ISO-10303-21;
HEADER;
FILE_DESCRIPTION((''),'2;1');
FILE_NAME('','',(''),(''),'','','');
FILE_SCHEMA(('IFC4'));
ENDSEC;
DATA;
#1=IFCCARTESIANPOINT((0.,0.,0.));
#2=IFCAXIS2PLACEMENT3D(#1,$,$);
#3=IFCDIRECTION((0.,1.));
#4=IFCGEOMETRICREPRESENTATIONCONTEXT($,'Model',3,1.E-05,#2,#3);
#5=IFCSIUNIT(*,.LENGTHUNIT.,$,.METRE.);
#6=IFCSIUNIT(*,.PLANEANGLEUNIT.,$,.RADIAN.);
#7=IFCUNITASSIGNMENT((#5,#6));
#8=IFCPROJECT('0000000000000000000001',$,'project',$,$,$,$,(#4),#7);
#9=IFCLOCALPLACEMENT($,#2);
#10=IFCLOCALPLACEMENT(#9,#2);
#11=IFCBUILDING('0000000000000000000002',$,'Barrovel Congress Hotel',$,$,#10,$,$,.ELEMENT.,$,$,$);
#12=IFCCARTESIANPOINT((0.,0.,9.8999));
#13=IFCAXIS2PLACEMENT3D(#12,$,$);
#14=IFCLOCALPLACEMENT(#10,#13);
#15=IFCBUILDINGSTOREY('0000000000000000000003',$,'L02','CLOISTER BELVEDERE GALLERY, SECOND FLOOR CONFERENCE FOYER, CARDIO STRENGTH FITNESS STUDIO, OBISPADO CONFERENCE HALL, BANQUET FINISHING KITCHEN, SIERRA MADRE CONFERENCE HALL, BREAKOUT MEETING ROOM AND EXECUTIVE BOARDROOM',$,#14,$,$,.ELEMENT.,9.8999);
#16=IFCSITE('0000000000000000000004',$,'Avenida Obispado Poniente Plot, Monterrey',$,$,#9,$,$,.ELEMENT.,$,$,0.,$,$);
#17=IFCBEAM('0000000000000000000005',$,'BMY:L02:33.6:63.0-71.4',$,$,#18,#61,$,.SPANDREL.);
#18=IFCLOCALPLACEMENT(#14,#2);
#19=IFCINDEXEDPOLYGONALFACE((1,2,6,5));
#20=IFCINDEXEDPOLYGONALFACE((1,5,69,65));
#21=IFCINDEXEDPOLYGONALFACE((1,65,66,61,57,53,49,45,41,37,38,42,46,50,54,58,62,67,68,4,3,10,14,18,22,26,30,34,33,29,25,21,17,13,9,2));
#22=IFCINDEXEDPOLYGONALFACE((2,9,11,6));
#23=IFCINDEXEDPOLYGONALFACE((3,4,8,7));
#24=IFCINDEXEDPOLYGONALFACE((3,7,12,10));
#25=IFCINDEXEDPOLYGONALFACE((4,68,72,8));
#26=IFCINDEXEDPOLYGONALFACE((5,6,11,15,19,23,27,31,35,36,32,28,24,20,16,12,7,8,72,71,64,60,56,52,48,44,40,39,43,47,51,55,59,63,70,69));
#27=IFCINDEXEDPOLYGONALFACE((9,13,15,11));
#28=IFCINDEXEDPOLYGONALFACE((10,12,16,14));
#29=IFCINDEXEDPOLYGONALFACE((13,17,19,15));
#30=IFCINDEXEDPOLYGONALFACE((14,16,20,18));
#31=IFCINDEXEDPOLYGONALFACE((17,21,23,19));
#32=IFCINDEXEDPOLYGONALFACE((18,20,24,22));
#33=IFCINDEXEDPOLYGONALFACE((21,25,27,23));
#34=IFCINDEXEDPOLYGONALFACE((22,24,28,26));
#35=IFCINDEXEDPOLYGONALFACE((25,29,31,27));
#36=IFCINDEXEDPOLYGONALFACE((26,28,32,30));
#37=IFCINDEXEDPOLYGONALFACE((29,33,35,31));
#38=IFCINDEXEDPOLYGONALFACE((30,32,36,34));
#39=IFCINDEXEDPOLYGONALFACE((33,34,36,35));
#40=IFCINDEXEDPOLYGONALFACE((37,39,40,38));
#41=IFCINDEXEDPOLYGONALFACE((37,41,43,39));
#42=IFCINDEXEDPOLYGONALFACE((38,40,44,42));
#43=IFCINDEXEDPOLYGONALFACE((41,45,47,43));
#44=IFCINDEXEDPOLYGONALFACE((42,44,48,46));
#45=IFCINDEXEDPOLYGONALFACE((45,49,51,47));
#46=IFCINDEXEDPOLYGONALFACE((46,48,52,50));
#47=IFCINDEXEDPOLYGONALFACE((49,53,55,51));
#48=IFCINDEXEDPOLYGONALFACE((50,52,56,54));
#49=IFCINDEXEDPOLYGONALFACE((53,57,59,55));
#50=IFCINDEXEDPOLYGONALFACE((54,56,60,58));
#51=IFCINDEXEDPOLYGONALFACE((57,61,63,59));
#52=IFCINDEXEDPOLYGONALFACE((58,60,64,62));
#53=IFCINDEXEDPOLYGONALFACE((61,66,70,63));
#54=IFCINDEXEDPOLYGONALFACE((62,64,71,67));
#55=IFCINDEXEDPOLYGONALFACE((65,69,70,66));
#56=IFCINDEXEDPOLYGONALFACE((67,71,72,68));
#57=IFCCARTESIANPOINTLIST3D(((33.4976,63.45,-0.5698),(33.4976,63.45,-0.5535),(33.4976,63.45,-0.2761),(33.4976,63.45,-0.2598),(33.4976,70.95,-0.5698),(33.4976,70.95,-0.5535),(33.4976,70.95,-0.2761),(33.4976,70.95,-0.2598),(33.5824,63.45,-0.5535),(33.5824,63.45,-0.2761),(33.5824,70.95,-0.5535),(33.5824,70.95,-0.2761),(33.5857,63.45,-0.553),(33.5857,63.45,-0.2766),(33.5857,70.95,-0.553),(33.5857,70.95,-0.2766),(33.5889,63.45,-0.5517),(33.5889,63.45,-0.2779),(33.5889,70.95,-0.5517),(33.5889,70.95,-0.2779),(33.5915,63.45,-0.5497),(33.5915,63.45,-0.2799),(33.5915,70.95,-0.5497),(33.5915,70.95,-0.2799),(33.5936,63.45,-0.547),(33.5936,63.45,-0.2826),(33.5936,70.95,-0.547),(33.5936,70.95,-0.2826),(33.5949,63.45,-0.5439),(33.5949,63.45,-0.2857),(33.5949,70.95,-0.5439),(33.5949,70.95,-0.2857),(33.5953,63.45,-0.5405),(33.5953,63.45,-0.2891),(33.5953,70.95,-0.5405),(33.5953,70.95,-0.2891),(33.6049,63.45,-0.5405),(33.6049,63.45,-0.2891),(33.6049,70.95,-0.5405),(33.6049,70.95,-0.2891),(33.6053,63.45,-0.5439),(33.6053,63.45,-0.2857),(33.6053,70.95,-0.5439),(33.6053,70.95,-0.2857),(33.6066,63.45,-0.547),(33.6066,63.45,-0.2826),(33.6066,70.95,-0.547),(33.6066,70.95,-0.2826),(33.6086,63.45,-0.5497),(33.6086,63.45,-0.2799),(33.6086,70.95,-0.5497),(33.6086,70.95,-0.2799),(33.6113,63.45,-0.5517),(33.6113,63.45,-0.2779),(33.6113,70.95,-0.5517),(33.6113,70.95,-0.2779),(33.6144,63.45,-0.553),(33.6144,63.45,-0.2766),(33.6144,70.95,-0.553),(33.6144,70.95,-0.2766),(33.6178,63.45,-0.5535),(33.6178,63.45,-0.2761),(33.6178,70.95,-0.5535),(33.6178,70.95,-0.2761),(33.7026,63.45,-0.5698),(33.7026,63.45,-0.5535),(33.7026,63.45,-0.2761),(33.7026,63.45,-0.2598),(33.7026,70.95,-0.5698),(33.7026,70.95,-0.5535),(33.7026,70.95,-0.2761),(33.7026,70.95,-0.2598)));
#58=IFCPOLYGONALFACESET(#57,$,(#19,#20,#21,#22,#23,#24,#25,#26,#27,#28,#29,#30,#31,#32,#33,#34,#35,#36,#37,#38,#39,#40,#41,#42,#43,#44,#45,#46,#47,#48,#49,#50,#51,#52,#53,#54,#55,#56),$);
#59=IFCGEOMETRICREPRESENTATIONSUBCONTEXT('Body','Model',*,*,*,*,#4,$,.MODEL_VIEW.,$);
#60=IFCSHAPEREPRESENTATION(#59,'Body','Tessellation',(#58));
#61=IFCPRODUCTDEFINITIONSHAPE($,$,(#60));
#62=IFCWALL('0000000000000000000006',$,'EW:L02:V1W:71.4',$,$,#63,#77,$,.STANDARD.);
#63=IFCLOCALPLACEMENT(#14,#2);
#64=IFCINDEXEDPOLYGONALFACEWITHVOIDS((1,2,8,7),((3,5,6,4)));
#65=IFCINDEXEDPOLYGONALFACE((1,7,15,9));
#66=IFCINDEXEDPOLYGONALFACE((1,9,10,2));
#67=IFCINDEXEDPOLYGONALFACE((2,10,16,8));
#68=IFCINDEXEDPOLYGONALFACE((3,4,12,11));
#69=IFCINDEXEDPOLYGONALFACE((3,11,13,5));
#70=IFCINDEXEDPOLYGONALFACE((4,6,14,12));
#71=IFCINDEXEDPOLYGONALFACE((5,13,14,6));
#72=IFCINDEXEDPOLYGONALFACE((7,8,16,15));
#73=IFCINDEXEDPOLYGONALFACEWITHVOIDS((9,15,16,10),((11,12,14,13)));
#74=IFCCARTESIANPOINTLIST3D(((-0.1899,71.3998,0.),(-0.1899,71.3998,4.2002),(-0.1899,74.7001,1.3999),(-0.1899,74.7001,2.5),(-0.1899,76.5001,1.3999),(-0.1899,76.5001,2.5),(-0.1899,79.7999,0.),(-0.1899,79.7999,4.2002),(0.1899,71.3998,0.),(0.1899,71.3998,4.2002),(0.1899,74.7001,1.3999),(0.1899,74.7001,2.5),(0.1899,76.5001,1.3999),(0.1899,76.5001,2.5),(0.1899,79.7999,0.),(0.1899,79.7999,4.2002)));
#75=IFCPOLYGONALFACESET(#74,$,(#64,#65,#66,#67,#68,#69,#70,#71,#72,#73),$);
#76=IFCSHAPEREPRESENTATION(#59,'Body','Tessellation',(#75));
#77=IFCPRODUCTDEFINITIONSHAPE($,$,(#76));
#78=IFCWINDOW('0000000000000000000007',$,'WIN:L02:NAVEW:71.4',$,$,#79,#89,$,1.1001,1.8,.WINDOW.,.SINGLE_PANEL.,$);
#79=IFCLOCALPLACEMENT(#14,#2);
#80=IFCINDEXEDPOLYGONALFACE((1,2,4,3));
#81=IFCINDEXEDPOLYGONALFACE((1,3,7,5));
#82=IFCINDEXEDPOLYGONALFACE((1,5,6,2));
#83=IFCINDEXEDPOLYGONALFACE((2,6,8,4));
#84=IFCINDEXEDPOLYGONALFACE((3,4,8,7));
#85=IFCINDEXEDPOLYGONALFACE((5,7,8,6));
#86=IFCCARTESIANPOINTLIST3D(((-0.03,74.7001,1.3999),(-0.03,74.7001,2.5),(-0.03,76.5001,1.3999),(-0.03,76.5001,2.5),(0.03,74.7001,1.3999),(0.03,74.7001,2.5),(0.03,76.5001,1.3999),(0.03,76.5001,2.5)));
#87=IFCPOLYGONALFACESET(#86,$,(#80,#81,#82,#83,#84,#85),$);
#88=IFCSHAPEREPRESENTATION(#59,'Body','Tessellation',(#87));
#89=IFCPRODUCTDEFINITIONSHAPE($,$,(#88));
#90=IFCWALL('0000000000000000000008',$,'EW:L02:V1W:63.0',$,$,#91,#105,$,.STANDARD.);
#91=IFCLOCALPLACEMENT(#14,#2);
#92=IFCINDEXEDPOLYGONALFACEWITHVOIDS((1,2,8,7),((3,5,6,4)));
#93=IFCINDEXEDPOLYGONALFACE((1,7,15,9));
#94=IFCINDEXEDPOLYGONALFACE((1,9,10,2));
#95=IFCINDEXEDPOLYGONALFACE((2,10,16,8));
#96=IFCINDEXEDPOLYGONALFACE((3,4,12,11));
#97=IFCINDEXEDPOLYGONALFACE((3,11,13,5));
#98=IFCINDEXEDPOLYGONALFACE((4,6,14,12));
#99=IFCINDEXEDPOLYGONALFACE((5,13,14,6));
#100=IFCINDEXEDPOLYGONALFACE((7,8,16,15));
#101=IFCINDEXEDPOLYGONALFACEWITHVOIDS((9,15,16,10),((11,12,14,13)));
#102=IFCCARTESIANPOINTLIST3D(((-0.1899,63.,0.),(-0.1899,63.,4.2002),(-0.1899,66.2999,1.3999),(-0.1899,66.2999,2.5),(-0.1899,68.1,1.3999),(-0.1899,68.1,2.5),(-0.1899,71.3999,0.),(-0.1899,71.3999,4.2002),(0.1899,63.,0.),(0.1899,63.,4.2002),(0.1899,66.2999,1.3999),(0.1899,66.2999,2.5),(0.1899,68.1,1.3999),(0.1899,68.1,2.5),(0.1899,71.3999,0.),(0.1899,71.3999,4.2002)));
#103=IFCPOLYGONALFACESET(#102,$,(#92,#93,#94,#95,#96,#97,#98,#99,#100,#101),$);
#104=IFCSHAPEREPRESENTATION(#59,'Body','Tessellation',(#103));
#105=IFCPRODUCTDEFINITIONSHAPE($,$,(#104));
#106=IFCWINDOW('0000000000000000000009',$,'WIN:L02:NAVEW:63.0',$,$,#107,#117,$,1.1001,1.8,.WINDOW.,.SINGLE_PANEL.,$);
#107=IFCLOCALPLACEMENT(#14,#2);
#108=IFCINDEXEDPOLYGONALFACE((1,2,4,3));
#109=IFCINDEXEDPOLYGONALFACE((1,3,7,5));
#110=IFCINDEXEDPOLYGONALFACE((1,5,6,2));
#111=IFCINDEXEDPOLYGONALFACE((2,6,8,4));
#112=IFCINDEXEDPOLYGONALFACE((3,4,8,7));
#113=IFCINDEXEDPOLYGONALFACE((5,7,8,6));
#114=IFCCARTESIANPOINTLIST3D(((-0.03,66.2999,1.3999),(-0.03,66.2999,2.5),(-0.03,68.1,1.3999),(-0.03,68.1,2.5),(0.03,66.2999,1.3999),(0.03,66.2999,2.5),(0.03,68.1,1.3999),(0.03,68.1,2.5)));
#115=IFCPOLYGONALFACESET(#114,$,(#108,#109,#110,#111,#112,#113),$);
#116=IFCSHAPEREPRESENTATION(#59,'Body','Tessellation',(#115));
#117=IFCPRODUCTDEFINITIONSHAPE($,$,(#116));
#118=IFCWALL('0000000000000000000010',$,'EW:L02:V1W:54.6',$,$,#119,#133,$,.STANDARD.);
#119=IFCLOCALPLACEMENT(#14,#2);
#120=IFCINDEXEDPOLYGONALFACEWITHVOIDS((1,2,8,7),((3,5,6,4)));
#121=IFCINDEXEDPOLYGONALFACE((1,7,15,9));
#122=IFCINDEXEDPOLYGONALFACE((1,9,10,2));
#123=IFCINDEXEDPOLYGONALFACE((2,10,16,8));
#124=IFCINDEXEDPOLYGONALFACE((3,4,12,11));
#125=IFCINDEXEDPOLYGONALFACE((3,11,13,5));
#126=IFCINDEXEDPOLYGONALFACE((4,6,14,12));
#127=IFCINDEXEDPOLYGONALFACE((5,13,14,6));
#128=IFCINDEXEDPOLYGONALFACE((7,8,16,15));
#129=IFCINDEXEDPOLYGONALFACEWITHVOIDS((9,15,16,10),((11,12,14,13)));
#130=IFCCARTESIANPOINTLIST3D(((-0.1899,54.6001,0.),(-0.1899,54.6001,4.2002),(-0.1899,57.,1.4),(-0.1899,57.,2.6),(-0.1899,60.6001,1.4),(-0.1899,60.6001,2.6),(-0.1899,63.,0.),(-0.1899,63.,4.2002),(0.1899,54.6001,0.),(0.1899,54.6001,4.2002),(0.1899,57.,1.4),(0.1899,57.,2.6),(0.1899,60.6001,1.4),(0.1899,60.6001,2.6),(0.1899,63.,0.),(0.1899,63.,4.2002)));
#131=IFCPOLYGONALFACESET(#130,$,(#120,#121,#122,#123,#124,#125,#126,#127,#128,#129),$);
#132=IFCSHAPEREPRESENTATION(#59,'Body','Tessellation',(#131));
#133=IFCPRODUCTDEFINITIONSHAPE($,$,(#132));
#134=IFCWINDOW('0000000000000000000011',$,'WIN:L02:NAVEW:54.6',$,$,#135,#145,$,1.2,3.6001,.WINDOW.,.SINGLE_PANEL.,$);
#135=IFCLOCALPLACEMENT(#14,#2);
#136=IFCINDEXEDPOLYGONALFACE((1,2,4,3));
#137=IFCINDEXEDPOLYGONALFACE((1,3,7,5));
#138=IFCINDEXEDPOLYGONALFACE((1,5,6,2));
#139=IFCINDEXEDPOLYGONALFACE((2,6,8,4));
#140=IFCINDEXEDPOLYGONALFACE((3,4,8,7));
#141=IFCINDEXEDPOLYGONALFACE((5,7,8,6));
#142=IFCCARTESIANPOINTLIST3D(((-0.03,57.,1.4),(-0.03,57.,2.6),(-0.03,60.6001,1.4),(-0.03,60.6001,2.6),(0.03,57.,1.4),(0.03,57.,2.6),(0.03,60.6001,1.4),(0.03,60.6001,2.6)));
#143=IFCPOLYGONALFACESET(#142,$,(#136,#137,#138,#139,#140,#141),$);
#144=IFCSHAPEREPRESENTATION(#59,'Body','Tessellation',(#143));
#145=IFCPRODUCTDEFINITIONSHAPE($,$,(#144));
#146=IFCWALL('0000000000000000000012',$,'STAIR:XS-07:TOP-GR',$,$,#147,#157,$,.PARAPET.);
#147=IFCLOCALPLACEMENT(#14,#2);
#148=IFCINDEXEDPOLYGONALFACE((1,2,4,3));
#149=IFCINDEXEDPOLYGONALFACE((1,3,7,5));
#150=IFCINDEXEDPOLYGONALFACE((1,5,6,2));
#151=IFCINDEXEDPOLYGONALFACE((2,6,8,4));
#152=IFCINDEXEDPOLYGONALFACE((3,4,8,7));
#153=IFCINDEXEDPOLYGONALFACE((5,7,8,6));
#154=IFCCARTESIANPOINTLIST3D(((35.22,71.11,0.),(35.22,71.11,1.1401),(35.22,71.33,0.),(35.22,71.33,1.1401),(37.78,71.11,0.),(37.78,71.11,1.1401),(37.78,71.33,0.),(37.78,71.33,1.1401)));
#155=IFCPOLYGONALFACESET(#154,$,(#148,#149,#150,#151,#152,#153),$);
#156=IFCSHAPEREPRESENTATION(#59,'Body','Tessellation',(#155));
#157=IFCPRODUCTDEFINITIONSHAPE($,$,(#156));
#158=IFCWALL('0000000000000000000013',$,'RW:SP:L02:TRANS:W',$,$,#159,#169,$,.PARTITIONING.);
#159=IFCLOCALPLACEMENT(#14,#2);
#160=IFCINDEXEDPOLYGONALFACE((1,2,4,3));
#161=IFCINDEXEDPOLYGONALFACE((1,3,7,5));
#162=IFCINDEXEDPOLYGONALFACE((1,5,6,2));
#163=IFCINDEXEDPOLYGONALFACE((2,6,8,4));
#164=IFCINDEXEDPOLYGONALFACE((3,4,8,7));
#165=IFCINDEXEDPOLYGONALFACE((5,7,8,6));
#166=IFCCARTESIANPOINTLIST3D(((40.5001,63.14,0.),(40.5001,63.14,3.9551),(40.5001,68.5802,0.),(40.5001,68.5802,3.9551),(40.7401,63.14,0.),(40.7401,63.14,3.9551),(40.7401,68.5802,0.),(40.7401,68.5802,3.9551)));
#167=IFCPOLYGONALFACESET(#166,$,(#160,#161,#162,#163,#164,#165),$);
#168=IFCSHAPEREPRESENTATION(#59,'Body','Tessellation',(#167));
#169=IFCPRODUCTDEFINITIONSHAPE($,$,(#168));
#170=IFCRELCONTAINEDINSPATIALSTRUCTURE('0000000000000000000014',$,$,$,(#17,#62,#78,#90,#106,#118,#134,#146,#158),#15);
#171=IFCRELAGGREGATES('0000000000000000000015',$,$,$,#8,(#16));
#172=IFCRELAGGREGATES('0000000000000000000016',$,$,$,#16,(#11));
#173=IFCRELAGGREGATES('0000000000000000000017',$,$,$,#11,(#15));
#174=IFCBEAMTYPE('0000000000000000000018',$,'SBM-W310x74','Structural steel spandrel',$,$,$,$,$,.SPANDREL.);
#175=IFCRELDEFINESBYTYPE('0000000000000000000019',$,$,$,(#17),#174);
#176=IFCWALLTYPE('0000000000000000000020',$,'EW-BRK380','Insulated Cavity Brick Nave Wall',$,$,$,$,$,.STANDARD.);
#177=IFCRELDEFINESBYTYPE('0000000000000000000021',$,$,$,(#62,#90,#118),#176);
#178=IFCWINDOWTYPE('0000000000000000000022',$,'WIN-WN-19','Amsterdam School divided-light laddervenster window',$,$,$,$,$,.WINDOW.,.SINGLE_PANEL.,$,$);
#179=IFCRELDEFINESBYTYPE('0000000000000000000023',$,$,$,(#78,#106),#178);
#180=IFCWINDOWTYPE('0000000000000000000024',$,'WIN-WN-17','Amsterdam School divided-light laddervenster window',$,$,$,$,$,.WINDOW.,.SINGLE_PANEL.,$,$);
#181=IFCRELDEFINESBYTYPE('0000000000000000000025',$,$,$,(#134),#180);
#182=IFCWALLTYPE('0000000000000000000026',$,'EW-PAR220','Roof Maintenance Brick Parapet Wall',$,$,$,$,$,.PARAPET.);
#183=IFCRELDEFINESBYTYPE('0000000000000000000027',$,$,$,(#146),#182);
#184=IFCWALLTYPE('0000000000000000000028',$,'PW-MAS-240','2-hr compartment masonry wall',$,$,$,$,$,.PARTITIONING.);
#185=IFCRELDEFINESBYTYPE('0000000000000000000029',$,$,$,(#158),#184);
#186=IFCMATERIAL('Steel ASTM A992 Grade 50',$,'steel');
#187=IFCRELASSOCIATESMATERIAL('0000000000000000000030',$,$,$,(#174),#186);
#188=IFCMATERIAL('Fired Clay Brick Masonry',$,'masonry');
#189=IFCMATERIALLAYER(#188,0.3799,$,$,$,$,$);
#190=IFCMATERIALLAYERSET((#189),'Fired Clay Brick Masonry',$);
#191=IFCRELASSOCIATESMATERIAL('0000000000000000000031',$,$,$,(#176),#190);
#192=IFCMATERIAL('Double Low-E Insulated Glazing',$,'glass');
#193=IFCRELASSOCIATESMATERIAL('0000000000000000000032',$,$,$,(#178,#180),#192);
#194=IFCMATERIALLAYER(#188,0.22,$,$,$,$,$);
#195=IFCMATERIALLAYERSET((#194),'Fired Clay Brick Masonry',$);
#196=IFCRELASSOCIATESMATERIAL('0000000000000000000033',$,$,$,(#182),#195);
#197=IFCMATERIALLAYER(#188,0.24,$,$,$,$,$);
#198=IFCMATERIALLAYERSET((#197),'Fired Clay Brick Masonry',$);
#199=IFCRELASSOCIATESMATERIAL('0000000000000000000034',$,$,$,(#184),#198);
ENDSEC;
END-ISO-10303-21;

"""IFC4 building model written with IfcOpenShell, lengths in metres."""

from ifc_helpers import new_model, si_unit, direction, frame, frame_2d, origin, origin_2d, place, context, subcontext, project, spatial, rectangle, i_section, extrude, material, layer, layer_set, material_profile, profile_set, type_object, element, fill, save


model = new_model("IFC4")

# Units and contexts
model_context = context("Model", 3, precision=1e-05, world=origin(), true_north=direction((0.0, 1.0)))
body_context = subcontext(model_context, "Body", "Model", "MODEL_VIEW")
ifc_project = project(units=[si_unit("LENGTHUNIT", "METRE"), si_unit("PLANEANGLEUNIT", "RADIAN")], contexts=[model_context])

# Site, building, storey
site_placement = place(None, origin())
site = spatial("IfcSite", under=ifc_project, at=site_placement, Name="Avenida Obispado Poniente Plot, Monterrey", CompositionType="ELEMENT", RefElevation=0.0)
building_placement = place(site_placement, origin())
building = spatial("IfcBuilding", under=site, at=building_placement, Name="Barrovel Congress Hotel", CompositionType="ELEMENT")
storey_placement = place(building_placement, frame((0.0, 0.0, 9.8999)))
storey = spatial("IfcBuildingStorey", under=building, at=storey_placement, Name="L02", Description="CLOISTER BELVEDERE GALLERY, SECOND FLOOR CONFERENCE FOYER, CARDIO STRENGTH FITNESS STUDIO, OBISPADO CONFERENCE HALL, BANQUET FINISHING KITCHEN, SIERRA MADRE CONFERENCE HALL, BREAKOUT MEETING ROOM AND EXECUTIVE BOARDROOM", CompositionType="ELEMENT", Elevation=9.8999)

# Beam
ifc_material_1 = material(Name="Steel ASTM A992 Grade 50", Category="steel")
ifc_material_profile_1 = material_profile(ifc_material_1, i_section(OverallWidth=0.2051, OverallDepth=0.3101, WebThickness=0.0095, FlangeThickness=0.0164, FilletRadius=0.0129, at=origin_2d()), Name="W310x74")
ifc_profile_set_1 = profile_set([ifc_material_profile_1], Name="Steel ASTM A992 Grade 50")
beam_type_1 = type_object("IfcBeamType", Name="SBM-W310x74", Description="Structural steel spandrel", PredefinedType="SPANDREL", material=ifc_profile_set_1)
beam_1_placement = place(storey_placement, frame((33.6001, 63.45, -0.4148), z_axis=(0.0, 1.0, 0.0), x_axis=(-1.0, 0.0, 0.0)))
element("IfcBeam", 1, at=beam_1_placement, inside=storey, type_object=beam_type_1, Name="BMY:L02:33.6:63.0-71.4", PredefinedType="SPANDREL", context=body_context, shape_type="SweptSolid", body=[
    extrude(i_section(OverallWidth=0.2051, OverallDepth=0.3101, WebThickness=0.0095, FlangeThickness=0.0164, FilletRadius=0.0129, at=origin_2d()), origin(), (0.0, 0.0, 1.0), 7.5),
])

# Walls, openings, windows
ifc_material_2 = material(Name="Fired Clay Brick Masonry", Category="masonry")
ifc_layer_1 = layer(ifc_material_2, 0.3799)
ifc_layer_set_1 = layer_set([ifc_layer_1], Name="Fired Clay Brick Masonry")
wall_type_1 = type_object("IfcWallType", Name="EW-BRK380", Description="Insulated Cavity Brick Nave Wall", PredefinedType="STANDARD", material=ifc_layer_set_1)
wall_1_placement = place(storey_placement, frame((0.0, 79.8, 0.0), z_axis=(0.0, 0.0, 1.0), x_axis=(0.0, -1.0, 0.0)))
wall_1 = element("IfcWall", 2, at=wall_1_placement, inside=storey, type_object=wall_type_1, Name="EW:L02:V1W:71.4", PredefinedType="STANDARD", context=body_context, shape_type="SweptSolid", body=[
    extrude(rectangle(XDim=8.4001, YDim=0.3799, at=frame_2d((4.2002, 0.0))), origin(), (0.0, 0.0, 1.0), 4.2002),
])
opening_1_placement = place(wall_1_placement, frame((3.3, 0.0, 1.3999)))
opening_1 = element("IfcOpeningElement", 3, at=opening_1_placement, cuts=wall_1, PredefinedType="OPENING", context=body_context, shape_type="SweptSolid", body=[
    extrude(rectangle(XDim=1.8, YDim=1.1001, at=frame_2d((0.8999, 0.55))), frame((0.0, 0.2, 0.0), z_axis=(0.0, -1.0, 0.0), x_axis=(1.0, 0.0, 0.0)), (0.0, 0.0, 1.0), 0.3999),
])
ifc_material_3 = material(Name="Double Low-E Insulated Glazing", Category="glass")
window_type_1 = type_object("IfcWindowType", Name="WIN-WN-19", Description="Amsterdam School divided-light laddervenster window", PartitioningType="SINGLE_PANEL", PredefinedType="WINDOW", material=ifc_material_3)
window_1_placement = place(opening_1_placement, origin())
window_1 = element("IfcWindow", 4, at=window_1_placement, inside=storey, type_object=window_type_1, Name="WIN:L02:NAVEW:71.4", OverallHeight=1.1001, OverallWidth=1.8, PartitioningType="SINGLE_PANEL", PredefinedType="WINDOW", context=body_context, shape_type="SweptSolid", body=[
    extrude(rectangle(XDim=1.8, YDim=1.1001, at=frame_2d((0.8999, 0.55))), frame((0.0, 0.03, 0.0), z_axis=(0.0, -1.0, 0.0), x_axis=(1.0, 0.0, 0.0)), (0.0, 0.0, 1.0), 0.0601),
])
fill(opening_1, window_1)
wall_2_placement = place(storey_placement, frame((0.0, 71.3999, 0.0), z_axis=(0.0, 0.0, 1.0), x_axis=(0.0, -1.0, 0.0)))
wall_2 = element("IfcWall", 5, at=wall_2_placement, inside=storey, type_object=wall_type_1, Name="EW:L02:V1W:63.0", PredefinedType="STANDARD", context=body_context, shape_type="SweptSolid", body=[
    extrude(rectangle(XDim=8.3999, YDim=0.3799, at=frame_2d((4.2, 0.0))), origin(), (0.0, 0.0, 1.0), 4.2002),
])
opening_2_placement = place(wall_2_placement, frame((3.3, 0.0, 1.3999)))
opening_2 = element("IfcOpeningElement", 6, at=opening_2_placement, cuts=wall_2, PredefinedType="OPENING", context=body_context, shape_type="SweptSolid", body=[
    extrude(rectangle(XDim=1.8, YDim=1.1001, at=frame_2d((0.8999, 0.55))), frame((0.0, 0.2, 0.0), z_axis=(0.0, -1.0, 0.0), x_axis=(1.0, 0.0, 0.0)), (0.0, 0.0, 1.0), 0.3999),
])
window_2_placement = place(opening_2_placement, origin())
window_2 = element("IfcWindow", 7, at=window_2_placement, inside=storey, type_object=window_type_1, Name="WIN:L02:NAVEW:63.0", OverallHeight=1.1001, OverallWidth=1.8, PartitioningType="SINGLE_PANEL", PredefinedType="WINDOW", context=body_context, shape_type="SweptSolid", body=[
    extrude(rectangle(XDim=1.8, YDim=1.1001, at=frame_2d((0.8999, 0.55))), frame((0.0, 0.03, 0.0), z_axis=(0.0, -1.0, 0.0), x_axis=(1.0, 0.0, 0.0)), (0.0, 0.0, 1.0), 0.0601),
])
fill(opening_2, window_2)
wall_3_placement = place(storey_placement, frame((0.0, 63.0, 0.0), z_axis=(0.0, 0.0, 1.0), x_axis=(0.0, -1.0, 0.0)))
wall_3 = element("IfcWall", 8, at=wall_3_placement, inside=storey, type_object=wall_type_1, Name="EW:L02:V1W:54.6", PredefinedType="STANDARD", context=body_context, shape_type="SweptSolid", body=[
    extrude(rectangle(XDim=8.3999, YDim=0.3799, at=frame_2d((4.2, 0.0))), origin(), (0.0, 0.0, 1.0), 4.2002),
])
opening_3_placement = place(wall_3_placement, frame((2.3999, 0.0, 1.3999)))
opening_3 = element("IfcOpeningElement", 9, at=opening_3_placement, cuts=wall_3, PredefinedType="OPENING", context=body_context, shape_type="SweptSolid", body=[
    extrude(rectangle(XDim=3.6001, YDim=1.2, at=frame_2d((1.8, 0.6001))), frame((0.0, 0.2, 0.0), z_axis=(0.0, -1.0, 0.0), x_axis=(1.0, 0.0, 0.0)), (0.0, 0.0, 1.0), 0.3999),
])
window_type_2 = type_object("IfcWindowType", Name="WIN-WN-17", Description="Amsterdam School divided-light laddervenster window", PartitioningType="SINGLE_PANEL", PredefinedType="WINDOW", material=ifc_material_3)
window_3_placement = place(opening_3_placement, origin())
window_3 = element("IfcWindow", 10, at=window_3_placement, inside=storey, type_object=window_type_2, Name="WIN:L02:NAVEW:54.6", OverallHeight=1.2, OverallWidth=3.6001, PartitioningType="SINGLE_PANEL", PredefinedType="WINDOW", context=body_context, shape_type="SweptSolid", body=[
    extrude(rectangle(XDim=3.6001, YDim=1.2, at=frame_2d((1.8, 0.6001))), frame((0.0, 0.03, 0.0), z_axis=(0.0, -1.0, 0.0), x_axis=(1.0, 0.0, 0.0)), (0.0, 0.0, 1.0), 0.0601),
])
fill(opening_3, window_3)

# Walls
ifc_layer_2 = layer(ifc_material_2, 0.22)
ifc_layer_set_2 = layer_set([ifc_layer_2], Name="Fired Clay Brick Masonry")
wall_type_2 = type_object("IfcWallType", Name="EW-PAR220", Description="Roof Maintenance Brick Parapet Wall", PredefinedType="PARAPET", material=ifc_layer_set_2)
wall_4_placement = place(storey_placement, frame((35.22, 71.22, 0.0), z_axis=(0.0, 0.0, 1.0), x_axis=(1.0, 0.0, 0.0)))
element("IfcWall", 11, at=wall_4_placement, inside=storey, type_object=wall_type_2, Name="STAIR:XS-07:TOP-GR", PredefinedType="PARAPET", context=body_context, shape_type="SweptSolid", body=[
    extrude(rectangle(XDim=2.5601, YDim=0.22, at=frame_2d((1.28, 0.0))), origin(), (0.0, 0.0, 1.0), 1.1401),
])
ifc_layer_3 = layer(ifc_material_2, 0.24)
ifc_layer_set_3 = layer_set([ifc_layer_3], Name="Fired Clay Brick Masonry")
wall_type_3 = type_object("IfcWallType", Name="PW-MAS-240", Description="2-hr compartment masonry wall", PredefinedType="PARTITIONING", material=ifc_layer_set_3)
wall_5_placement = place(storey_placement, frame((40.6201, 63.1399, 0.0), z_axis=(0.0, 0.0, 1.0), x_axis=(0.0, 1.0, 0.0)))
element("IfcWall", 12, at=wall_5_placement, inside=storey, type_object=wall_type_3, Name="RW:SP:L02:TRANS:W", PredefinedType="PARTITIONING", context=body_context, shape_type="SweptSolid", body=[
    extrude(rectangle(XDim=5.4402, YDim=0.24, at=frame_2d((2.7202, 0.0))), origin(), (0.0, 0.0, 1.0), 3.9551),
])

save(model, "model.ifc")
